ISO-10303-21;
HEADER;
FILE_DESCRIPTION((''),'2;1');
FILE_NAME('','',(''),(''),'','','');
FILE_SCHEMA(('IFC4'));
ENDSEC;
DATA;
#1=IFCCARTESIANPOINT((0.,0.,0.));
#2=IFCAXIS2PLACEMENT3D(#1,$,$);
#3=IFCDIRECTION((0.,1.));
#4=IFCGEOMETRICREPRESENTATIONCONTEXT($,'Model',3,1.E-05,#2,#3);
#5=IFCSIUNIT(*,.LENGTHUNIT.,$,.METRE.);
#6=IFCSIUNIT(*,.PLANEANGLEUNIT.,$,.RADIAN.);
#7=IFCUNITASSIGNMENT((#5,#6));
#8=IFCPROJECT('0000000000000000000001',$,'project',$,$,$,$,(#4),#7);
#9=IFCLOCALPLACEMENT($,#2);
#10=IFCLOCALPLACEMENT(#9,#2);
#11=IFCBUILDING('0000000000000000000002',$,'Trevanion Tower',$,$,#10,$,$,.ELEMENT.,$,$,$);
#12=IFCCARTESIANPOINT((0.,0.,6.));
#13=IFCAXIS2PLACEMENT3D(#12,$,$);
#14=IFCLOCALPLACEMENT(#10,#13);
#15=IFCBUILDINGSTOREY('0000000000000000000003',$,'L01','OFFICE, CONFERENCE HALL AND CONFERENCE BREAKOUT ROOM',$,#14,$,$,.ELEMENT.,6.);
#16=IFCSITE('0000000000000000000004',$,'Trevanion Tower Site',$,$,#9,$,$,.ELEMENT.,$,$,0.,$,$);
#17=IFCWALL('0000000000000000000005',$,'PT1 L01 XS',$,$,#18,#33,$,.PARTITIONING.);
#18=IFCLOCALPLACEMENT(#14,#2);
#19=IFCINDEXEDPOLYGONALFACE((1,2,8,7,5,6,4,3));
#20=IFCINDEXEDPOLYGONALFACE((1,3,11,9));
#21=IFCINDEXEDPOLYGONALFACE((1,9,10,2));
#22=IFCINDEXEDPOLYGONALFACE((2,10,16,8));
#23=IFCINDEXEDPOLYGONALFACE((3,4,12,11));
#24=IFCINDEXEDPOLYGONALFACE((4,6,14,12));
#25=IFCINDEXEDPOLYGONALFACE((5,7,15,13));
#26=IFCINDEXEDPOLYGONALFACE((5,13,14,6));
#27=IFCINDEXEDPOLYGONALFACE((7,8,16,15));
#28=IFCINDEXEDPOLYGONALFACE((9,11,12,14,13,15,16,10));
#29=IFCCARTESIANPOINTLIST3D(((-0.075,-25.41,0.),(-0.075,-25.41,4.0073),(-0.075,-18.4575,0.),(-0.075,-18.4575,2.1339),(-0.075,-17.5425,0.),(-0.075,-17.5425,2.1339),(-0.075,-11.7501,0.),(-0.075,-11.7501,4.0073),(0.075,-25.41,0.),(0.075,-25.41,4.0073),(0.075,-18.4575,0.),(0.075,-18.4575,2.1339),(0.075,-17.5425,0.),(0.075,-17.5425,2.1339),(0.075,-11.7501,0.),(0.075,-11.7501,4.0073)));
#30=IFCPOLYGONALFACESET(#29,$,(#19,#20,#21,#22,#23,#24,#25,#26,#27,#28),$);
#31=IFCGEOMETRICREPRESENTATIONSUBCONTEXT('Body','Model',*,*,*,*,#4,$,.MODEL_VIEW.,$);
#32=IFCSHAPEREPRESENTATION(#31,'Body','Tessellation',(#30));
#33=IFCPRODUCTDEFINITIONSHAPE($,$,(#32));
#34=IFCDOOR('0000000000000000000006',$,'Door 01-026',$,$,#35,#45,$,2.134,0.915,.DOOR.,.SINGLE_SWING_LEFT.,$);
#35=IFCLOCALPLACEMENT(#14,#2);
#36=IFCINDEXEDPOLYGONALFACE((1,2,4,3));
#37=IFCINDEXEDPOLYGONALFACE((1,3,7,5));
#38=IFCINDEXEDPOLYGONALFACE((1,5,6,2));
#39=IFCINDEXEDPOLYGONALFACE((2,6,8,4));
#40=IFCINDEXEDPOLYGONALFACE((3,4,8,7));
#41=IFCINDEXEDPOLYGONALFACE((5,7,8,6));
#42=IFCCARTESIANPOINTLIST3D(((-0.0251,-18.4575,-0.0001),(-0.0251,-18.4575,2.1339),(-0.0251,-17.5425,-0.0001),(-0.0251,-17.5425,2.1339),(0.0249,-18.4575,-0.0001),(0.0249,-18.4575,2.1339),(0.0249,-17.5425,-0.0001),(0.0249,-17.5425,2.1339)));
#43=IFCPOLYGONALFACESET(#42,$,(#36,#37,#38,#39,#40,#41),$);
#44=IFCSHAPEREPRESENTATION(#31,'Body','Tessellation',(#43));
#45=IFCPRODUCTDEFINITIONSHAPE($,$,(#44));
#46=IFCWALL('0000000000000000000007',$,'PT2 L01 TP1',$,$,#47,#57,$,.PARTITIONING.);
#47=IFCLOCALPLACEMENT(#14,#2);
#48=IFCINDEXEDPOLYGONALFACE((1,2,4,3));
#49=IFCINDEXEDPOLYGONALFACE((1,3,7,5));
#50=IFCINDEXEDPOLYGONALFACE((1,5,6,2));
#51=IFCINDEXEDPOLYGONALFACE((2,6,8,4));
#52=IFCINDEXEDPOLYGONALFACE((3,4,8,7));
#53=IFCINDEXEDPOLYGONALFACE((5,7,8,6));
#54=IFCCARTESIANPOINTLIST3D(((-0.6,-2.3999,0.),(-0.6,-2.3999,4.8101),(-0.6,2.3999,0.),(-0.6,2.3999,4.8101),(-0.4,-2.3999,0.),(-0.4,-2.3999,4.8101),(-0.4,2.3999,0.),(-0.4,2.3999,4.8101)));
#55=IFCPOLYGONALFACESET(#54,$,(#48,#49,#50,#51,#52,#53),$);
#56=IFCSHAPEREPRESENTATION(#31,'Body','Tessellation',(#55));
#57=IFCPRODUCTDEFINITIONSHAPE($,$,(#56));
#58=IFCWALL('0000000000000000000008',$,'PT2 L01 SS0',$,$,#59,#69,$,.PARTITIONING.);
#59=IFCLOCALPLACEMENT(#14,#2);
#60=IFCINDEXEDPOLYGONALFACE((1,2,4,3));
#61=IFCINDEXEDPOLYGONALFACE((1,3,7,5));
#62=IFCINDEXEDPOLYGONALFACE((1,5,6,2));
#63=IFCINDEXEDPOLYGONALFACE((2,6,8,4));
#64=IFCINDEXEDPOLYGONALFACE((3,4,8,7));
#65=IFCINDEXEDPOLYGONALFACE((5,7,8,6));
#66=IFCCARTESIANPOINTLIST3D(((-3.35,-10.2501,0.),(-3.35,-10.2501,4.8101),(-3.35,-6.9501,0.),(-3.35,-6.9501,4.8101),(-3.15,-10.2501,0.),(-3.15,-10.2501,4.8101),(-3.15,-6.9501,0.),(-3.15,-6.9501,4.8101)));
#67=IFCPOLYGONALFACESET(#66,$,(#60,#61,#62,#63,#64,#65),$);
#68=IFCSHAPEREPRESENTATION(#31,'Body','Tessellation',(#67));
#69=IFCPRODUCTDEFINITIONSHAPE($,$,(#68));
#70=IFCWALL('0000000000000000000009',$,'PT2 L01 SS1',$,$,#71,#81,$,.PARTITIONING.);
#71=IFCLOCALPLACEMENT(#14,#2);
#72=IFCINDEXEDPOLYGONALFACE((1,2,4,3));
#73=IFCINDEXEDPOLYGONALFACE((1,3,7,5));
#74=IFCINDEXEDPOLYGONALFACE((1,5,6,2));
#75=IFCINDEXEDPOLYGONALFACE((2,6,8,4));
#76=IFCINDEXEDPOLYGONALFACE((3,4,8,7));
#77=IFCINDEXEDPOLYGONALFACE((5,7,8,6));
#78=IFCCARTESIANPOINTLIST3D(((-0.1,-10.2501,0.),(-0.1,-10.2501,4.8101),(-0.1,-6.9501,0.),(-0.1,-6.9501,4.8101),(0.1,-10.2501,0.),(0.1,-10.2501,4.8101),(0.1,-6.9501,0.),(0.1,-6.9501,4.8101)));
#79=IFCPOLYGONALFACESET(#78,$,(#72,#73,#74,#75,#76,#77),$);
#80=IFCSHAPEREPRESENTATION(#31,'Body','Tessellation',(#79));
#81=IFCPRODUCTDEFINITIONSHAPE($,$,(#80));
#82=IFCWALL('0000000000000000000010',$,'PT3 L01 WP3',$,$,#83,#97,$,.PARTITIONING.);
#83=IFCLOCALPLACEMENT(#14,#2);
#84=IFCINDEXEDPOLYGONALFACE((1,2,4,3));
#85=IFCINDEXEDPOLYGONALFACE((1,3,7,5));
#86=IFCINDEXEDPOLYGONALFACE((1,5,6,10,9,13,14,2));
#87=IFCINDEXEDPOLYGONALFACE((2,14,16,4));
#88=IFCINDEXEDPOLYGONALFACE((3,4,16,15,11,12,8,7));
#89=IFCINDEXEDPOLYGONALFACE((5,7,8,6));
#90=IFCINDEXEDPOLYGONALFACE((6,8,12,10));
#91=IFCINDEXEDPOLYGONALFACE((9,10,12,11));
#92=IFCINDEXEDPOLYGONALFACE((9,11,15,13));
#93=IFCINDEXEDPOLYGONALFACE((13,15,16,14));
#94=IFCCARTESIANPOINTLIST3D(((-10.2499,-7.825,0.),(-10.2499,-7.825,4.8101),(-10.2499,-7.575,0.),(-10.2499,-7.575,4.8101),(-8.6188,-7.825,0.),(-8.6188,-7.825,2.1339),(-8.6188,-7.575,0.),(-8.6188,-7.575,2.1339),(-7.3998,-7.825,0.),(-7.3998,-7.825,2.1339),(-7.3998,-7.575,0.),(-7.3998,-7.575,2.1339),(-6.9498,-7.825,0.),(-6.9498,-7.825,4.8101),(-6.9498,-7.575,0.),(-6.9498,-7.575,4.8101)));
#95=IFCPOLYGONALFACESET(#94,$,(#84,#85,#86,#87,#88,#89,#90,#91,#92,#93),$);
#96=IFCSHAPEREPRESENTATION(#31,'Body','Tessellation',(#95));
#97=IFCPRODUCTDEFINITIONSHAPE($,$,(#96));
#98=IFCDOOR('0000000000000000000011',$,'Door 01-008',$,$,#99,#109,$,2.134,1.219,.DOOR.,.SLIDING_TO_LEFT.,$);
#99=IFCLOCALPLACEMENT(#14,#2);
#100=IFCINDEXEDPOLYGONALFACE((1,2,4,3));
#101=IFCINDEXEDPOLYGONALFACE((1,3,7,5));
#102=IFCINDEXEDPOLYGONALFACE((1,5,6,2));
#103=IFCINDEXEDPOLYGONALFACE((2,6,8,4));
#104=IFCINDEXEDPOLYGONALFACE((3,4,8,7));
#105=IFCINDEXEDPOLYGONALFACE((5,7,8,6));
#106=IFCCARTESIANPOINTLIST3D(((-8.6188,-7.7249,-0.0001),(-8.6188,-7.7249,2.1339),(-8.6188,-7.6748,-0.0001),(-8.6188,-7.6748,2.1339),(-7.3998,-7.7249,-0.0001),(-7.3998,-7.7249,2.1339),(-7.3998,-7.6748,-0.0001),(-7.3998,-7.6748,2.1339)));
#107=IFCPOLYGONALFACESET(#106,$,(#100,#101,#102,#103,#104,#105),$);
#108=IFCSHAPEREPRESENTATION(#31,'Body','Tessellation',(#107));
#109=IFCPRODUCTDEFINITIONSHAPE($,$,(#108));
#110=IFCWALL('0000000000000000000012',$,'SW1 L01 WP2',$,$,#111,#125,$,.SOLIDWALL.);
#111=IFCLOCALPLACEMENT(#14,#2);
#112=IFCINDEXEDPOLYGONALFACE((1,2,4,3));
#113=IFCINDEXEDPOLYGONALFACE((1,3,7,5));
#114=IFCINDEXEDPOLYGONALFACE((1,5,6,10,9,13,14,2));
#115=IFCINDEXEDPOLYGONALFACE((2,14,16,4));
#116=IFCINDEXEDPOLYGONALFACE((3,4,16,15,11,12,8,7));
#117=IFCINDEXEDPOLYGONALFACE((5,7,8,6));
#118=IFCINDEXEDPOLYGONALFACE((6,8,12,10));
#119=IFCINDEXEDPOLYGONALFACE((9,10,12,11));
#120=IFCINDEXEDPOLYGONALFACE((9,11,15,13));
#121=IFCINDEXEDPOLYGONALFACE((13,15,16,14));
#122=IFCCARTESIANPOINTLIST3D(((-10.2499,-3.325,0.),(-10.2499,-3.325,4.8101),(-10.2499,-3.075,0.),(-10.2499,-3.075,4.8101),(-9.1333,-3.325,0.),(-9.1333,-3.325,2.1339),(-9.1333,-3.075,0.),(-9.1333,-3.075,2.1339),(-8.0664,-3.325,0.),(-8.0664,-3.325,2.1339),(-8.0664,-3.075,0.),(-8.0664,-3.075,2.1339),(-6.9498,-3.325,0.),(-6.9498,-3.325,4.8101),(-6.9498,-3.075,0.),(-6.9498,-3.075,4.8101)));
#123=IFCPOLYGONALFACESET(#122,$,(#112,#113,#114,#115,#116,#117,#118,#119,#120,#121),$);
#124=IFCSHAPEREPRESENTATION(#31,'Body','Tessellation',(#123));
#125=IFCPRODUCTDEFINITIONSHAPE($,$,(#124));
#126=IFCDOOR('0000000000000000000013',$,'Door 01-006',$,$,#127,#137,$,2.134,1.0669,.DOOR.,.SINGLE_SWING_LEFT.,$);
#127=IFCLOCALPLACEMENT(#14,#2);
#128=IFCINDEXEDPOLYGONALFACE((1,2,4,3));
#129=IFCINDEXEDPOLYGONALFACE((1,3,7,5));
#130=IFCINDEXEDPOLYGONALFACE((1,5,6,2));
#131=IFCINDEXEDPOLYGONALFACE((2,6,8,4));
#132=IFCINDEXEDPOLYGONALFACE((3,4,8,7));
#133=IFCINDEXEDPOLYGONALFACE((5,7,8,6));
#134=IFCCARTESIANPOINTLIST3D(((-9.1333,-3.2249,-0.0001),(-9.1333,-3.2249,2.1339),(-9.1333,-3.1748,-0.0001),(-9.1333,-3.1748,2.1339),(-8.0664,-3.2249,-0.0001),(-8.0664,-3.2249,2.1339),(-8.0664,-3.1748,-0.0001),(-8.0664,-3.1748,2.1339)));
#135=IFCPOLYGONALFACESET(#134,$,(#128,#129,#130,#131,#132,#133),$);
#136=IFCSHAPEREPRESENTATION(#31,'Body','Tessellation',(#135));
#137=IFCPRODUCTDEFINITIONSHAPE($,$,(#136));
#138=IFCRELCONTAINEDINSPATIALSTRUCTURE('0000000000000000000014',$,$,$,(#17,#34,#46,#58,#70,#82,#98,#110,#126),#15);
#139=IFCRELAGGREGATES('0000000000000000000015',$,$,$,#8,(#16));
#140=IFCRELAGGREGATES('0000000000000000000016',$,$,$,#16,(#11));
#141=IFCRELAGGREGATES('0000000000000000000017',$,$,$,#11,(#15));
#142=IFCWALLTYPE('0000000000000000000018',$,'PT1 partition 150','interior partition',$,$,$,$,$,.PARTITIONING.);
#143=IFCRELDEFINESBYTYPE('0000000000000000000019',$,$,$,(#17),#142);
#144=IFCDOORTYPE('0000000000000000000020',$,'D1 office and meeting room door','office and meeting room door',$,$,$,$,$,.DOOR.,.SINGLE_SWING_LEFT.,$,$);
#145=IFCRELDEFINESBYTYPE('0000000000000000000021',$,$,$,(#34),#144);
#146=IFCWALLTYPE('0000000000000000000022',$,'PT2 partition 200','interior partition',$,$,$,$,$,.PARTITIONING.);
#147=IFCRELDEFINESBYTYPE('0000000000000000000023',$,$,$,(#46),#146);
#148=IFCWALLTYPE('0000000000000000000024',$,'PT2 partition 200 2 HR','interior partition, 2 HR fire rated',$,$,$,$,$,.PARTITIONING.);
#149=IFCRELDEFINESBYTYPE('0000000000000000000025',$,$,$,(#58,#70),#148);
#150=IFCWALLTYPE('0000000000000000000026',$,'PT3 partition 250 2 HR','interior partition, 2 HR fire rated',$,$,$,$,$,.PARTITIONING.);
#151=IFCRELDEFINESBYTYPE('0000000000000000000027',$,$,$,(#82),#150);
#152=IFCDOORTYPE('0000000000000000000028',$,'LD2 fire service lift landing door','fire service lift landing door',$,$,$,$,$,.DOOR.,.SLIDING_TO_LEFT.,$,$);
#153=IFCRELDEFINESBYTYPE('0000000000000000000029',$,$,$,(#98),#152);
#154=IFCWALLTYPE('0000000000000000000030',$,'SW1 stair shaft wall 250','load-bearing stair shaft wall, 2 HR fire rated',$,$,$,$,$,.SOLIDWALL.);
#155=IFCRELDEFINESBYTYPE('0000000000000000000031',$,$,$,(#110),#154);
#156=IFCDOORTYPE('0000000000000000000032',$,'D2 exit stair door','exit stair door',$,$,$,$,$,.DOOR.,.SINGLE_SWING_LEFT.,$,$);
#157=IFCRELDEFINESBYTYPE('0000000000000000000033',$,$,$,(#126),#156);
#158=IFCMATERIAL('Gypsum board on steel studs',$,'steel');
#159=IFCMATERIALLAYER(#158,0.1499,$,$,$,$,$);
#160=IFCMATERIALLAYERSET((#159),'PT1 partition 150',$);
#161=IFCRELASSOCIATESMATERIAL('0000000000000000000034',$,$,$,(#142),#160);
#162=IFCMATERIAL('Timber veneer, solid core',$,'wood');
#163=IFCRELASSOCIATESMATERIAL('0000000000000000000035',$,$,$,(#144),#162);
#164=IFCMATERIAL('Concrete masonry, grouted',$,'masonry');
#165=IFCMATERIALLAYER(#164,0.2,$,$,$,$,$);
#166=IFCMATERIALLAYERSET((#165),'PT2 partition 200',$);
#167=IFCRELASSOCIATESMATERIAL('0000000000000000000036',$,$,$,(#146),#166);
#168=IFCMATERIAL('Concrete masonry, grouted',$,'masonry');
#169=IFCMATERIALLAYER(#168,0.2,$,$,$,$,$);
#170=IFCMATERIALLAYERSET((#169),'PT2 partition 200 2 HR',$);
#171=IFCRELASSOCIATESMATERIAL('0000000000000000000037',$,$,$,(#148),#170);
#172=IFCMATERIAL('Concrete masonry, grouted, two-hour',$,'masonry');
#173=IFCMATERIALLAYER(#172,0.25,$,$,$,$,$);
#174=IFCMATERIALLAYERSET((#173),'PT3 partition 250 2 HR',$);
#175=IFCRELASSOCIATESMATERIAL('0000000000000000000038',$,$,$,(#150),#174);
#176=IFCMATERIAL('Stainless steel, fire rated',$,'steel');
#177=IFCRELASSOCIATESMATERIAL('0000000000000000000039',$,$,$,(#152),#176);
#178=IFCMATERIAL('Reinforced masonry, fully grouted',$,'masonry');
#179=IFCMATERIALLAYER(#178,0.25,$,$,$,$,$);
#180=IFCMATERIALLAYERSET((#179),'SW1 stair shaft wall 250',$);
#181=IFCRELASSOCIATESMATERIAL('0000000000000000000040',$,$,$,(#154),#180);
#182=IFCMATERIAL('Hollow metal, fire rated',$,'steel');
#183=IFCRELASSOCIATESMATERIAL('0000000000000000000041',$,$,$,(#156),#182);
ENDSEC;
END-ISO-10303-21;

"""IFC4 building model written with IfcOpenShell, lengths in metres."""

from ifc_helpers import new_model, si_unit, direction, frame, frame_2d, origin, place, context, subcontext, project, spatial, rectangle, extrude, material, layer, layer_set, type_object, element, fill, save


model = new_model("IFC4")

# Units and contexts
model_context = context("Model", 3, precision=1e-05, world=origin(), true_north=direction((0.0, 1.0)))
body_context = subcontext(model_context, "Body", "Model", "MODEL_VIEW")
ifc_project = project(units=[si_unit("LENGTHUNIT", "METRE"), si_unit("PLANEANGLEUNIT", "RADIAN")], contexts=[model_context])

# Site, building, storey
site_placement = place(None, origin())
site = spatial("IfcSite", under=ifc_project, at=site_placement, Name="Trevanion Tower Site", CompositionType="ELEMENT", RefElevation=0.0)
building_placement = place(site_placement, origin())
building = spatial("IfcBuilding", under=site, at=building_placement, Name="Trevanion Tower", CompositionType="ELEMENT")
storey_placement = place(building_placement, frame((0.0, 0.0, 6.0)))
storey = spatial("IfcBuildingStorey", under=building, at=storey_placement, Name="L01", Description="OFFICE, CONFERENCE HALL AND CONFERENCE BREAKOUT ROOM", CompositionType="ELEMENT", Elevation=6.0)

# Wall, opening, door
ifc_material_1 = material(Name="Gypsum board on steel studs", Category="steel")
ifc_layer_1 = layer(ifc_material_1, 0.1499)
ifc_layer_set_1 = layer_set([ifc_layer_1], Name="PT1 partition 150")
wall_type_1 = type_object("IfcWallType", Name="PT1 partition 150", Description="interior partition", PredefinedType="PARTITIONING", material=ifc_layer_set_1)
wall_1_placement = place(storey_placement, frame((0.0, -11.75, 0.0), z_axis=(0.0, 0.0, 1.0), x_axis=(0.0, -1.0, 0.0)))
wall_1 = element("IfcWall", 1, at=wall_1_placement, inside=storey, type_object=wall_type_1, Name="PT1 L01 XS", PredefinedType="PARTITIONING", context=body_context, shape_type="SweptSolid", body=[
    extrude(rectangle(XDim=13.6599, YDim=0.1499, at=frame_2d((6.8301, 0.0))), origin(), (0.0, 0.0, 1.0), 4.0073),
])
opening_1_placement = place(wall_1_placement, frame((5.7925, 0.0, 0.0)))
opening_1 = element("IfcOpeningElement", 2, at=opening_1_placement, cuts=wall_1, PredefinedType="OPENING", context=body_context, shape_type="SweptSolid", body=[
    extrude(rectangle(XDim=0.915, YDim=2.134, at=frame_2d((0.4575, 1.0669))), frame((0.0, 0.085, 0.0), z_axis=(0.0, -1.0, 0.0), x_axis=(1.0, 0.0, 0.0)), (0.0, 0.0, 1.0), 0.1699),
])
ifc_material_2 = material(Name="Timber veneer, solid core", Category="wood")
door_type_1 = type_object("IfcDoorType", Name="D1 office and meeting room door", Description="office and meeting room door", OperationType="SINGLE_SWING_LEFT", PredefinedType="DOOR", material=ifc_material_2)
door_1_placement = place(opening_1_placement, origin())
door_1 = element("IfcDoor", 3, at=door_1_placement, inside=storey, type_object=door_type_1, Name="Door 01-026", OperationType="SINGLE_SWING_LEFT", OverallHeight=2.134, OverallWidth=0.915, PredefinedType="DOOR", context=body_context, shape_type="SweptSolid", body=[
    extrude(rectangle(XDim=0.915, YDim=2.134, at=frame_2d((0.4575, 1.0669))), frame((0.0, 0.0249, 0.0), z_axis=(0.0, -1.0, 0.0), x_axis=(1.0, 0.0, 0.0)), (0.0, 0.0, 1.0), 0.05),
])
fill(opening_1, door_1)

# Walls
ifc_material_3 = material(Name="Concrete masonry, grouted", Category="masonry")
ifc_layer_2 = layer(ifc_material_3, 0.2)
ifc_layer_set_2 = layer_set([ifc_layer_2], Name="PT2 partition 200")
wall_type_2 = type_object("IfcWallType", Name="PT2 partition 200", Description="interior partition", PredefinedType="PARTITIONING", material=ifc_layer_set_2)
wall_2_placement = place(storey_placement, frame((-0.5, -2.3999, 0.0), z_axis=(0.0, 0.0, 1.0), x_axis=(0.0, 1.0, 0.0)))
element("IfcWall", 4, at=wall_2_placement, inside=storey, type_object=wall_type_2, Name="PT2 L01 TP1", PredefinedType="PARTITIONING", context=body_context, shape_type="SweptSolid", body=[
    extrude(rectangle(XDim=4.7998, YDim=0.2, at=frame_2d((2.3999, 0.0))), origin(), (0.0, 0.0, 1.0), 4.8101),
])
ifc_material_4 = material(Name="Concrete masonry, grouted", Category="masonry")
ifc_layer_3 = layer(ifc_material_4, 0.2)
ifc_layer_set_3 = layer_set([ifc_layer_3], Name="PT2 partition 200 2 HR")
wall_type_3 = type_object("IfcWallType", Name="PT2 partition 200 2 HR", Description="interior partition, 2 HR fire rated", PredefinedType="PARTITIONING", material=ifc_layer_set_3)
for number, where, z_axis, x_axis, name in (
    (5, (-3.25, -10.25, 0.0), (0.0, 0.0, 1.0), (0.0, 1.0, 0.0), "PT2 L01 SS0"),
    (6, (0.0, -10.25, 0.0), (0.0, 0.0, 1.0), (0.0, 1.0, 0.0), "PT2 L01 SS1"),
):
    element("IfcWall", number, at=place(storey_placement, frame(where, z_axis=z_axis, x_axis=x_axis)), inside=storey, type_object=wall_type_3, Name=name, PredefinedType="PARTITIONING", context=body_context, shape_type="SweptSolid", body=[
        extrude(rectangle(XDim=3.3, YDim=0.2, at=frame_2d((1.6499, 0.0))), origin(), (0.0, 0.0, 1.0), 4.8101),
    ])

# Walls, openings, doors
ifc_material_5 = material(Name="Concrete masonry, grouted, two-hour", Category="masonry")
ifc_layer_4 = layer(ifc_material_5, 0.25)
ifc_layer_set_4 = layer_set([ifc_layer_4], Name="PT3 partition 250 2 HR")
wall_type_4 = type_object("IfcWallType", Name="PT3 partition 250 2 HR", Description="interior partition, 2 HR fire rated", PredefinedType="PARTITIONING", material=ifc_layer_set_4)
wall_3_placement = place(storey_placement, frame((-6.95, -7.7, 0.0), z_axis=(0.0, 0.0, 1.0), x_axis=(-1.0, 0.0, 0.0)))
wall_3 = element("IfcWall", 7, at=wall_3_placement, inside=storey, type_object=wall_type_4, Name="PT3 L01 WP3", PredefinedType="PARTITIONING", context=body_context, shape_type="SweptSolid", body=[
    extrude(rectangle(XDim=3.3, YDim=0.25, at=frame_2d((1.6499, 0.0))), origin(), (0.0, 0.0, 1.0), 4.8101),
])
opening_2_placement = place(wall_3_placement, frame((0.45, 0.0, 0.0)))
opening_2 = element("IfcOpeningElement", 8, at=opening_2_placement, cuts=wall_3, PredefinedType="OPENING", context=body_context, shape_type="SweptSolid", body=[
    extrude(rectangle(XDim=1.219, YDim=2.134, at=frame_2d((0.6094, 1.0669))), frame((0.0, 0.135, 0.0), z_axis=(0.0, -1.0, 0.0), x_axis=(1.0, 0.0, 0.0)), (0.0, 0.0, 1.0), 0.27),
])
ifc_material_6 = material(Name="Stainless steel, fire rated", Category="steel")
door_type_2 = type_object("IfcDoorType", Name="LD2 fire service lift landing door", Description="fire service lift landing door", OperationType="SLIDING_TO_LEFT", PredefinedType="DOOR", material=ifc_material_6)
door_2_placement = place(opening_2_placement, origin())
door_2 = element("IfcDoor", 9, at=door_2_placement, inside=storey, type_object=door_type_2, Name="Door 01-008", OperationType="SLIDING_TO_LEFT", OverallHeight=2.134, OverallWidth=1.219, PredefinedType="DOOR", context=body_context, shape_type="SweptSolid", body=[
    extrude(rectangle(XDim=1.219, YDim=2.134, at=frame_2d((0.6094, 1.0669))), frame((0.0, 0.0249, 0.0), z_axis=(0.0, -1.0, 0.0), x_axis=(1.0, 0.0, 0.0)), (0.0, 0.0, 1.0), 0.05),
])
fill(opening_2, door_2)
ifc_material_7 = material(Name="Reinforced masonry, fully grouted", Category="masonry")
ifc_layer_5 = layer(ifc_material_7, 0.25)
ifc_layer_set_5 = layer_set([ifc_layer_5], Name="SW1 stair shaft wall 250")
wall_type_5 = type_object("IfcWallType", Name="SW1 stair shaft wall 250", Description="load-bearing stair shaft wall, 2 HR fire rated", PredefinedType="SOLIDWALL", material=ifc_layer_set_5)
wall_4_placement = place(storey_placement, frame((-6.95, -3.2, 0.0), z_axis=(0.0, 0.0, 1.0), x_axis=(-1.0, 0.0, 0.0)))
wall_4 = element("IfcWall", 10, at=wall_4_placement, inside=storey, type_object=wall_type_5, Name="SW1 L01 WP2", PredefinedType="SOLIDWALL", context=body_context, shape_type="SweptSolid", body=[
    extrude(rectangle(XDim=3.3, YDim=0.25, at=frame_2d((1.6499, 0.0))), origin(), (0.0, 0.0, 1.0), 4.8101),
])
opening_3_placement = place(wall_4_placement, frame((1.1165, 0.0, 0.0)))
opening_3 = element("IfcOpeningElement", 11, at=opening_3_placement, cuts=wall_4, PredefinedType="OPENING", context=body_context, shape_type="SweptSolid", body=[
    extrude(rectangle(XDim=1.0669, YDim=2.134, at=frame_2d((0.5334, 1.0669))), frame((0.0, 0.135, 0.0), z_axis=(0.0, -1.0, 0.0), x_axis=(1.0, 0.0, 0.0)), (0.0, 0.0, 1.0), 0.27),
])
ifc_material_8 = material(Name="Hollow metal, fire rated", Category="steel")
door_type_3 = type_object("IfcDoorType", Name="D2 exit stair door", Description="exit stair door", OperationType="SINGLE_SWING_LEFT", PredefinedType="DOOR", material=ifc_material_8)
door_3_placement = place(opening_3_placement, origin())
door_3 = element("IfcDoor", 12, at=door_3_placement, inside=storey, type_object=door_type_3, Name="Door 01-006", OperationType="SINGLE_SWING_LEFT", OverallHeight=2.134, OverallWidth=1.0669, PredefinedType="DOOR", context=body_context, shape_type="SweptSolid", body=[
    extrude(rectangle(XDim=1.0669, YDim=2.134, at=frame_2d((0.5334, 1.0669))), frame((0.0, 0.0249, 0.0), z_axis=(0.0, -1.0, 0.0), x_axis=(1.0, 0.0, 0.0)), (0.0, 0.0, 1.0), 0.05),
])
fill(opening_3, door_3)

save(model, "model.ifc")
